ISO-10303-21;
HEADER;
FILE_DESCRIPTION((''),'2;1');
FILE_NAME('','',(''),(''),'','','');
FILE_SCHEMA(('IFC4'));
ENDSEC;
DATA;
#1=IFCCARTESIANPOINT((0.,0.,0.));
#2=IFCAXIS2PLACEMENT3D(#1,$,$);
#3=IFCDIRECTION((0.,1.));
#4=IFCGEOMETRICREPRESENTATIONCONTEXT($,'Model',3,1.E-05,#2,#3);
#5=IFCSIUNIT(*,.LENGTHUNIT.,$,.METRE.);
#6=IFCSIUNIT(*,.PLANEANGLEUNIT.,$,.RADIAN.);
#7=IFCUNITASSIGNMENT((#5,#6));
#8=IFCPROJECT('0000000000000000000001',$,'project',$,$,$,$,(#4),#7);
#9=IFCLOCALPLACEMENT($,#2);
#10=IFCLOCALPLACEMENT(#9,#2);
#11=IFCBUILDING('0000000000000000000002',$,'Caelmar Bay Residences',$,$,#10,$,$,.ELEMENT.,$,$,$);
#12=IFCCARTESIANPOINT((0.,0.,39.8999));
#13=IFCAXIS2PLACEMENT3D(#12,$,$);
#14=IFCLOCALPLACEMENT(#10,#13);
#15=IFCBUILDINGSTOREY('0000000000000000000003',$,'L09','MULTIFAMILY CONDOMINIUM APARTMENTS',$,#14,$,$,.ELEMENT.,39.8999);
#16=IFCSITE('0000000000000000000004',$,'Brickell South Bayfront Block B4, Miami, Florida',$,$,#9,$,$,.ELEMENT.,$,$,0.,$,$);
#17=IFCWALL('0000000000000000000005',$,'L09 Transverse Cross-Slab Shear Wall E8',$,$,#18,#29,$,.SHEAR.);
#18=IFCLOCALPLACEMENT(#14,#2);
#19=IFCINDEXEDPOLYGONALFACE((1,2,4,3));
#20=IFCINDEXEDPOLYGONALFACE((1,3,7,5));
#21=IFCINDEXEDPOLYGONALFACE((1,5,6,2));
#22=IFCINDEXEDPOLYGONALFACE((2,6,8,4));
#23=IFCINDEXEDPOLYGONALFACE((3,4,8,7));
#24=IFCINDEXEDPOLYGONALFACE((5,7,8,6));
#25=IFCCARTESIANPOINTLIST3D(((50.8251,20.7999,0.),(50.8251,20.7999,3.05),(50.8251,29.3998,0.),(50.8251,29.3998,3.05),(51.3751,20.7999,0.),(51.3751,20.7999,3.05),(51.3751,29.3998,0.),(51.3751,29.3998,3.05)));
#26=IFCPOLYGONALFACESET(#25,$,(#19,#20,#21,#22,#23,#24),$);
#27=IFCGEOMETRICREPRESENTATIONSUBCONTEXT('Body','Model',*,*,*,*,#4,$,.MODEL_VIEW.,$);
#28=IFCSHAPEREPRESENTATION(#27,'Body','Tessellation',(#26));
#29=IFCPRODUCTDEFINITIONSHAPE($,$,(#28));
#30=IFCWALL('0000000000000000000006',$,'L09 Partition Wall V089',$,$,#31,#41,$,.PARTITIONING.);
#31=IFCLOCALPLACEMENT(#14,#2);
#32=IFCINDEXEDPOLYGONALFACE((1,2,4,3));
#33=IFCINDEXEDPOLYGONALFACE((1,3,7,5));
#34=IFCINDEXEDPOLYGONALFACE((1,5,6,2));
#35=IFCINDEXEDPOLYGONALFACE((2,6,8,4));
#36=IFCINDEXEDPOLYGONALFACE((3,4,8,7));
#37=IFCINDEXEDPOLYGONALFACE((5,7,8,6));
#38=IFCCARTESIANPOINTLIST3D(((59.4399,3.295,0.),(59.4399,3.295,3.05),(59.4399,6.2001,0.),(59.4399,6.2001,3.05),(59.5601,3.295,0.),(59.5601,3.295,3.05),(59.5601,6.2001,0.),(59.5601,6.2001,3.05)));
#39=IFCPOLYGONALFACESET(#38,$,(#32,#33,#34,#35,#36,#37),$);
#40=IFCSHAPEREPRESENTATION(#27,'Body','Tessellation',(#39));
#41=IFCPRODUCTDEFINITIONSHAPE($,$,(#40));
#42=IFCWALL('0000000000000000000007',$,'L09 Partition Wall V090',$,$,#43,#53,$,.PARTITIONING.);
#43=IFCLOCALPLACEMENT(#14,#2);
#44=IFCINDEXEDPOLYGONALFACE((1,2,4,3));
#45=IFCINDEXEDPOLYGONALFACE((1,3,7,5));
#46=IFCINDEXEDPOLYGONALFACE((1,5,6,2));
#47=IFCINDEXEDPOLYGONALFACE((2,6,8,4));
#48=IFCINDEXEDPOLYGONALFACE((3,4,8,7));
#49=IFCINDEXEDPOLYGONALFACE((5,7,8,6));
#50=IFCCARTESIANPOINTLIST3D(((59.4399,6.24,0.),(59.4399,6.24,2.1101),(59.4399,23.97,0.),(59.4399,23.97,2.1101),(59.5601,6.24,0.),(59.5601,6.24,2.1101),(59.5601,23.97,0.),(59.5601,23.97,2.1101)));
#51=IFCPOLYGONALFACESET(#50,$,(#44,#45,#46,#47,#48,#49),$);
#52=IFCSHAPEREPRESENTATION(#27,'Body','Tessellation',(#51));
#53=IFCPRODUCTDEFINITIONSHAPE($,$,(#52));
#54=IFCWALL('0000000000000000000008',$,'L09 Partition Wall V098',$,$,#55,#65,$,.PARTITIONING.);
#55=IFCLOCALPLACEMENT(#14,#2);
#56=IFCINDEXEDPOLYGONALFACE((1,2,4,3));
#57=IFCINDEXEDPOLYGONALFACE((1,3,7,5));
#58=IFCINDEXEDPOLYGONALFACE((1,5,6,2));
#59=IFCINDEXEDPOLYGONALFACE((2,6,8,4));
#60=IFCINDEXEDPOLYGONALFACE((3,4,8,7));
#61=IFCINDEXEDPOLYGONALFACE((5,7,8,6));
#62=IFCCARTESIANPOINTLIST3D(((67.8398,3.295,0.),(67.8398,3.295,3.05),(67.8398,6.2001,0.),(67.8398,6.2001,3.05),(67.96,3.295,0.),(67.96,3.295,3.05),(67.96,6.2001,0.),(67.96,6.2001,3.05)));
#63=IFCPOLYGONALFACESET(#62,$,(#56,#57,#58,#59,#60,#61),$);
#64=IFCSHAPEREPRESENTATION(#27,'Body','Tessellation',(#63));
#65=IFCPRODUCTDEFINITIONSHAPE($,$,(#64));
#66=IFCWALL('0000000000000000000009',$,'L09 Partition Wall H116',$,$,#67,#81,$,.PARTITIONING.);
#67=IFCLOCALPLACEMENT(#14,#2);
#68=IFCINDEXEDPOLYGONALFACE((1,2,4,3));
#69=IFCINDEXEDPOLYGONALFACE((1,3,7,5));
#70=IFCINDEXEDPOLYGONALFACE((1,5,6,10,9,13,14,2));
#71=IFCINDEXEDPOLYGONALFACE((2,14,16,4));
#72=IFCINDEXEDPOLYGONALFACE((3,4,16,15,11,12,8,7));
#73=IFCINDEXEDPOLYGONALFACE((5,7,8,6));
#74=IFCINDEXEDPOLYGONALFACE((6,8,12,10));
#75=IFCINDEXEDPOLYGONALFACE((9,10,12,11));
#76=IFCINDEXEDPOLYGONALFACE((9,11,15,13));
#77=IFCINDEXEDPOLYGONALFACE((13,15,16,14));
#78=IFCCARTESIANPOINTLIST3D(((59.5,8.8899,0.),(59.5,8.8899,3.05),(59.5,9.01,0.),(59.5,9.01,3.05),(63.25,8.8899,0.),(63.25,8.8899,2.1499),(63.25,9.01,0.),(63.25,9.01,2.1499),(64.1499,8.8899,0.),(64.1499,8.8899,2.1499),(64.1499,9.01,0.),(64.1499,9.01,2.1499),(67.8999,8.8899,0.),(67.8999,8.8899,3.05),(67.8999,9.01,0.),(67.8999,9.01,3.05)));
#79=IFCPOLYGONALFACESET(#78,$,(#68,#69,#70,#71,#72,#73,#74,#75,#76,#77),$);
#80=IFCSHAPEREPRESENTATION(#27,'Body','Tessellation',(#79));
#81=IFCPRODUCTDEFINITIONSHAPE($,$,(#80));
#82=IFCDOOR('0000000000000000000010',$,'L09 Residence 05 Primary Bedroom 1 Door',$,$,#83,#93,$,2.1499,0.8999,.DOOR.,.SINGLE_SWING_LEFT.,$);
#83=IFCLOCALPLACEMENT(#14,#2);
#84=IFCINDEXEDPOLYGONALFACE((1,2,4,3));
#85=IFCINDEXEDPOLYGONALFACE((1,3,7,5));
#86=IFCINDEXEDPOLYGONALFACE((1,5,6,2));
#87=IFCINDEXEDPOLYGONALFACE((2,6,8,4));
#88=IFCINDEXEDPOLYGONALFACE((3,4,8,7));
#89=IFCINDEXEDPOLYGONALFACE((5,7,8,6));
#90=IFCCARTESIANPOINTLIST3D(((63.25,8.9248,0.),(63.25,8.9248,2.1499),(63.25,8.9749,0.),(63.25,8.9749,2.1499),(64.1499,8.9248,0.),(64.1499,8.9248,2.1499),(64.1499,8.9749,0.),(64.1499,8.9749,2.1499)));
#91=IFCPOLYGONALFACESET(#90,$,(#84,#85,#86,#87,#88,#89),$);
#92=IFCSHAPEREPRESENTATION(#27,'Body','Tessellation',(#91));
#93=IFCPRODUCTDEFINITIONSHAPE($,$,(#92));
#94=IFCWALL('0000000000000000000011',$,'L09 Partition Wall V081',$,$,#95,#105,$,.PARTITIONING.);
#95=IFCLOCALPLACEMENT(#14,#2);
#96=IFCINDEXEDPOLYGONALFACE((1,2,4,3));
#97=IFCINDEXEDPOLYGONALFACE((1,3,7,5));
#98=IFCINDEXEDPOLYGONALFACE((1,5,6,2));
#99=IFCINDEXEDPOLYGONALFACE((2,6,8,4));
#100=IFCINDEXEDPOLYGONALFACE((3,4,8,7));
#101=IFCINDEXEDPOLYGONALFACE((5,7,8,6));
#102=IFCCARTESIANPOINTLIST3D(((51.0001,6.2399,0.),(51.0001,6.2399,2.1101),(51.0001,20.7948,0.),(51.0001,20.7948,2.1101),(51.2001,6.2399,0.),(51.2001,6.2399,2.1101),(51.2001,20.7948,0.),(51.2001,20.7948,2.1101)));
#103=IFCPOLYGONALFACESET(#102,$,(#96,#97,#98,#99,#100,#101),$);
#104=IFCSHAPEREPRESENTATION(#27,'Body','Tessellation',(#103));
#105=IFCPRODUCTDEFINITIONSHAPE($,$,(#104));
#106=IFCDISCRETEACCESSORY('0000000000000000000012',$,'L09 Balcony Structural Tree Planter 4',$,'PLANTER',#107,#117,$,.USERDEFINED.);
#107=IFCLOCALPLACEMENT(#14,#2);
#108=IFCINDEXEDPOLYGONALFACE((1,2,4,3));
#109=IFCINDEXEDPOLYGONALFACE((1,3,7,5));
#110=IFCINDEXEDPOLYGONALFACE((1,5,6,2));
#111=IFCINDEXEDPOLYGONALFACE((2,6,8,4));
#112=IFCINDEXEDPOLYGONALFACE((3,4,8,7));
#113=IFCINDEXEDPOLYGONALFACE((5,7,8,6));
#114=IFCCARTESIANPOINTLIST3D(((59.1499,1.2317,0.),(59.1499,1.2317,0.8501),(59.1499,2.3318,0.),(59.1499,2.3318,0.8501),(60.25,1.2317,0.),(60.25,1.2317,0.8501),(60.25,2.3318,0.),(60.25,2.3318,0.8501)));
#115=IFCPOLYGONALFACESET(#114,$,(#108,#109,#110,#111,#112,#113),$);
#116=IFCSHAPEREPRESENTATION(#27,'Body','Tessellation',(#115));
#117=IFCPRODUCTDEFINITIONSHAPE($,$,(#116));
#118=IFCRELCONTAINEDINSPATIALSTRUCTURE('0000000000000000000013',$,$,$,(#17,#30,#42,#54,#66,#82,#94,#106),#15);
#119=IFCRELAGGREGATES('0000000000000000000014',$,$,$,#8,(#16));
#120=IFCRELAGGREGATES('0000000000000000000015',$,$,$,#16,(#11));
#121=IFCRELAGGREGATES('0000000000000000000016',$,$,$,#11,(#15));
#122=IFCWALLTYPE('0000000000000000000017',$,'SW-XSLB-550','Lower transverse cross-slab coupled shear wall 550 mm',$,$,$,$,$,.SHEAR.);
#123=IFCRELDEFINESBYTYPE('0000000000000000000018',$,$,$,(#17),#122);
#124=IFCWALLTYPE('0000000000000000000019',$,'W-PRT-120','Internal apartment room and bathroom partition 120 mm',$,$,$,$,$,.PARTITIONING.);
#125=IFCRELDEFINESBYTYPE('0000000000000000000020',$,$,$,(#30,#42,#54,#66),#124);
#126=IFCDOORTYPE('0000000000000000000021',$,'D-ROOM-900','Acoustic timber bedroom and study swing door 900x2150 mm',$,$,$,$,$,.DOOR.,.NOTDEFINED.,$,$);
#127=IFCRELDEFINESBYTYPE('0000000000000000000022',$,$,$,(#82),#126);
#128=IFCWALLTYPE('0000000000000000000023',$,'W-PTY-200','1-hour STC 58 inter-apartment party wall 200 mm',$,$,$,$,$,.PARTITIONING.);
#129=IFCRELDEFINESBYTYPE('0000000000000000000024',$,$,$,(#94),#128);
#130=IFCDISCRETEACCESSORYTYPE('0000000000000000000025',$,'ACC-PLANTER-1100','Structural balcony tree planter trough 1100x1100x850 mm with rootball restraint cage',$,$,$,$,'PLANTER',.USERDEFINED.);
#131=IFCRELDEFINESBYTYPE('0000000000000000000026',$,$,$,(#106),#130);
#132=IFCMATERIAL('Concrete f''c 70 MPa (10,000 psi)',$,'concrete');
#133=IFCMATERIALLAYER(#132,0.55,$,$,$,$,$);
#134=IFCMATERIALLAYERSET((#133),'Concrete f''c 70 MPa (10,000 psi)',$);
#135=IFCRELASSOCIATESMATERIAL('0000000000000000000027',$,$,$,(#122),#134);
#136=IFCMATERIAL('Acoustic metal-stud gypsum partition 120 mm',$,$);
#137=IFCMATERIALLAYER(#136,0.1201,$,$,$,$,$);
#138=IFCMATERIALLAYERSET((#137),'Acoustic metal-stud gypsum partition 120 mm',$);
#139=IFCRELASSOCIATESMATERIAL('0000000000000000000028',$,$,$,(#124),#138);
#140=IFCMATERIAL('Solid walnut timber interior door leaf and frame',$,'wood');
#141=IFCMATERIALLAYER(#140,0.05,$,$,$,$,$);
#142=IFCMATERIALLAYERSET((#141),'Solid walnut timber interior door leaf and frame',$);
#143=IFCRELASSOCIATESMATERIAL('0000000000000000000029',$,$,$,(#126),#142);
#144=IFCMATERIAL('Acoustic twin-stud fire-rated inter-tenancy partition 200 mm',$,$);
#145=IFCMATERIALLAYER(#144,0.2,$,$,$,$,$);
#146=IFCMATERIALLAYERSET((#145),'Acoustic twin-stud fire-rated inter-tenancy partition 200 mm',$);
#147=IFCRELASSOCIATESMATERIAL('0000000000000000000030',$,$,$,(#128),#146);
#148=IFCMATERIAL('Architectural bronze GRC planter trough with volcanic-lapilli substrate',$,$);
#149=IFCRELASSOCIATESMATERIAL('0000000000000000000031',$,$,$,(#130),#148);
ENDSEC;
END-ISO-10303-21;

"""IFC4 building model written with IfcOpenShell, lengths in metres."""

from ifc_helpers import new_model, si_unit, direction, frame, frame_2d, origin, origin_2d, place, context, subcontext, project, spatial, rectangle, extrude, material, layer, layer_set, type_object, element, fill, save


model = new_model("IFC4")

# Units and contexts
model_context = context("Model", 3, precision=1e-05, world=origin(), true_north=direction((0.0, 1.0)))
body_context = subcontext(model_context, "Body", "Model", "MODEL_VIEW")
ifc_project = project(units=[si_unit("LENGTHUNIT", "METRE"), si_unit("PLANEANGLEUNIT", "RADIAN")], contexts=[model_context])

# Site, building, storey
site_placement = place(None, origin())
site = spatial("IfcSite", under=ifc_project, at=site_placement, Name="Brickell South Bayfront Block B4, Miami, Florida", CompositionType="ELEMENT", RefElevation=0.0)
building_placement = place(site_placement, origin())
building = spatial("IfcBuilding", under=site, at=building_placement, Name="Caelmar Bay Residences", CompositionType="ELEMENT")
storey_placement = place(building_placement, frame((0.0, 0.0, 39.8999)))
storey = spatial("IfcBuildingStorey", under=building, at=storey_placement, Name="L09", Description="MULTIFAMILY CONDOMINIUM APARTMENTS", CompositionType="ELEMENT", Elevation=39.8999)

# Shared definitions
ifc_material_1 = material(Name="Concrete f'c 70 MPa (10,000 psi)", Category="concrete")

# Walls
ifc_layer_1 = layer(ifc_material_1, 0.55)
ifc_layer_set_1 = layer_set([ifc_layer_1], Name="Concrete f'c 70 MPa (10,000 psi)")
wall_type_1 = type_object("IfcWallType", Name="SW-XSLB-550", Description="Lower transverse cross-slab coupled shear wall 550 mm", PredefinedType="SHEAR", material=ifc_layer_set_1)
wall_1_placement = place(storey_placement, frame((51.1001, 20.8, 0.0), z_axis=(0.0, 0.0, 1.0), x_axis=(0.0, 1.0, 0.0)))
element("IfcWall", 1, at=wall_1_placement, inside=storey, type_object=wall_type_1, Name="L09 Transverse Cross-Slab Shear Wall E8", PredefinedType="SHEAR", context=body_context, shape_type="SweptSolid", body=[
    extrude(rectangle(XDim=8.5999, YDim=0.55, at=frame_2d((4.2998, 0.0))), origin(), (0.0, 0.0, 1.0), 3.05),
])
ifc_material_2 = material(Name="Acoustic metal-stud gypsum partition 120 mm")
ifc_layer_2 = layer(ifc_material_2, 0.1201)
ifc_layer_set_2 = layer_set([ifc_layer_2], Name="Acoustic metal-stud gypsum partition 120 mm")
wall_type_2 = type_object("IfcWallType", Name="W-PRT-120", Description="Internal apartment room and bathroom partition 120 mm", PredefinedType="PARTITIONING", material=ifc_layer_set_2)
wall_2_placement = place(storey_placement, frame((59.5, 3.2949, 0.0), z_axis=(0.0, 0.0, 1.0), x_axis=(0.0, 1.0, 0.0)))
element("IfcWall", 2, at=wall_2_placement, inside=storey, type_object=wall_type_2, Name="L09 Partition Wall V089", PredefinedType="PARTITIONING", context=body_context, shape_type="SweptSolid", body=[
    extrude(rectangle(XDim=2.905, YDim=0.1201, at=frame_2d((1.4526, 0.0))), origin(), (0.0, 0.0, 1.0), 3.05),
])
wall_3_placement = place(storey_placement, frame((59.5, 6.24, 0.0), z_axis=(0.0, 0.0, 1.0), x_axis=(0.0, 1.0, 0.0)))
element("IfcWall", 3, at=wall_3_placement, inside=storey, type_object=wall_type_2, Name="L09 Partition Wall V090", PredefinedType="PARTITIONING", context=body_context, shape_type="SweptSolid", body=[
    extrude(rectangle(XDim=17.73, YDim=0.1201, at=frame_2d((8.865, 0.0))), origin(), (0.0, 0.0, 1.0), 2.1101),
])
wall_4_placement = place(storey_placement, frame((67.8999, 3.2949, 0.0), z_axis=(0.0, 0.0, 1.0), x_axis=(0.0, 1.0, 0.0)))
element("IfcWall", 4, at=wall_4_placement, inside=storey, type_object=wall_type_2, Name="L09 Partition Wall V098", PredefinedType="PARTITIONING", context=body_context, shape_type="SweptSolid", body=[
    extrude(rectangle(XDim=2.905, YDim=0.1201, at=frame_2d((1.4526, 0.0))), origin(), (0.0, 0.0, 1.0), 3.05),
])

# Wall, opening, door
wall_5_placement = place(storey_placement, frame((59.5, 8.95, 0.0), z_axis=(0.0, 0.0, 1.0), x_axis=(1.0, 0.0, 0.0)))
wall_5 = element("IfcWall", 5, at=wall_5_placement, inside=storey, type_object=wall_type_2, Name="L09 Partition Wall H116", PredefinedType="PARTITIONING", context=body_context, shape_type="SweptSolid", body=[
    extrude(rectangle(XDim=8.3999, YDim=0.1201, at=frame_2d((4.2, 0.0))), origin(), (0.0, 0.0, 1.0), 3.05),
])
opening_placement = place(wall_5_placement, frame((3.75, 0.0, 0.0)))
opening = element("IfcOpeningElement", 6, at=opening_placement, cuts=wall_5, PredefinedType="OPENING", context=body_context, shape_type="SweptSolid", body=[
    extrude(rectangle(XDim=0.8999, YDim=2.1499, at=frame_2d((0.45, 1.075))), frame((0.0, 0.0701, 0.0), z_axis=(0.0, -1.0, 0.0), x_axis=(1.0, 0.0, 0.0)), (0.0, 0.0, 1.0), 0.1401),
])
ifc_material_3 = material(Name="Solid walnut timber interior door leaf and frame", Category="wood")
ifc_layer_3 = layer(ifc_material_3, 0.05)
ifc_layer_set_3 = layer_set([ifc_layer_3], Name="Solid walnut timber interior door leaf and frame")
door_type = type_object("IfcDoorType", Name="D-ROOM-900", Description="Acoustic timber bedroom and study swing door 900x2150 mm", OperationType="NOTDEFINED", PredefinedType="DOOR", material=ifc_layer_set_3)
door_placement = place(opening_placement, origin())
door = element("IfcDoor", 7, at=door_placement, inside=storey, type_object=door_type, Name="L09 Residence 05 Primary Bedroom 1 Door", OperationType="SINGLE_SWING_LEFT", OverallHeight=2.1499, OverallWidth=0.8999, PredefinedType="DOOR", context=body_context, shape_type="SweptSolid", body=[
    extrude(rectangle(XDim=0.8999, YDim=2.1499, at=frame_2d((0.45, 1.075))), frame((0.0, 0.0249, 0.0), z_axis=(0.0, -1.0, 0.0), x_axis=(1.0, 0.0, 0.0)), (0.0, 0.0, 1.0), 0.05),
])
fill(opening, door)

# Wall
ifc_material_4 = material(Name="Acoustic twin-stud fire-rated inter-tenancy partition 200 mm")
ifc_layer_4 = layer(ifc_material_4, 0.2)
ifc_layer_set_4 = layer_set([ifc_layer_4], Name="Acoustic twin-stud fire-rated inter-tenancy partition 200 mm")
wall_type_3 = type_object("IfcWallType", Name="W-PTY-200", Description="1-hour STC 58 inter-apartment party wall 200 mm", PredefinedType="PARTITIONING", material=ifc_layer_set_4)
wall_6_placement = place(storey_placement, frame((51.1001, 6.24, 0.0), z_axis=(0.0, 0.0, 1.0), x_axis=(0.0, 1.0, 0.0)))
element("IfcWall", 8, at=wall_6_placement, inside=storey, type_object=wall_type_3, Name="L09 Partition Wall V081", PredefinedType="PARTITIONING", context=body_context, shape_type="SweptSolid", body=[
    extrude(rectangle(XDim=14.5549, YDim=0.2, at=frame_2d((7.2773, 0.0))), origin(), (0.0, 0.0, 1.0), 2.1101),
])

# Discrete accessory
ifc_material_5 = material(Name="Architectural bronze GRC planter trough with volcanic-lapilli substrate")
discrete_accessory_type = type_object("IfcDiscreteAccessoryType", Name="ACC-PLANTER-1100", Description="Structural balcony tree planter trough 1100x1100x850 mm with rootball restraint cage", ElementType="PLANTER", PredefinedType="USERDEFINED", material=ifc_material_5)
discrete_accessory_placement = place(storey_placement, frame((59.7, 1.7817, 0.0), z_axis=(0.0, 0.0, 1.0), x_axis=(1.0, 0.0, 0.0)))
element("IfcDiscreteAccessory", 9, at=discrete_accessory_placement, inside=storey, type_object=discrete_accessory_type, Name="L09 Balcony Structural Tree Planter 4", ObjectType="PLANTER", PredefinedType="USERDEFINED", context=body_context, shape_type="SweptSolid", body=[
    extrude(rectangle(XDim=1.1001, YDim=1.1001, at=origin_2d()), origin(), (0.0, 0.0, 1.0), 0.8501),
])

save(model, "model.ifc")
